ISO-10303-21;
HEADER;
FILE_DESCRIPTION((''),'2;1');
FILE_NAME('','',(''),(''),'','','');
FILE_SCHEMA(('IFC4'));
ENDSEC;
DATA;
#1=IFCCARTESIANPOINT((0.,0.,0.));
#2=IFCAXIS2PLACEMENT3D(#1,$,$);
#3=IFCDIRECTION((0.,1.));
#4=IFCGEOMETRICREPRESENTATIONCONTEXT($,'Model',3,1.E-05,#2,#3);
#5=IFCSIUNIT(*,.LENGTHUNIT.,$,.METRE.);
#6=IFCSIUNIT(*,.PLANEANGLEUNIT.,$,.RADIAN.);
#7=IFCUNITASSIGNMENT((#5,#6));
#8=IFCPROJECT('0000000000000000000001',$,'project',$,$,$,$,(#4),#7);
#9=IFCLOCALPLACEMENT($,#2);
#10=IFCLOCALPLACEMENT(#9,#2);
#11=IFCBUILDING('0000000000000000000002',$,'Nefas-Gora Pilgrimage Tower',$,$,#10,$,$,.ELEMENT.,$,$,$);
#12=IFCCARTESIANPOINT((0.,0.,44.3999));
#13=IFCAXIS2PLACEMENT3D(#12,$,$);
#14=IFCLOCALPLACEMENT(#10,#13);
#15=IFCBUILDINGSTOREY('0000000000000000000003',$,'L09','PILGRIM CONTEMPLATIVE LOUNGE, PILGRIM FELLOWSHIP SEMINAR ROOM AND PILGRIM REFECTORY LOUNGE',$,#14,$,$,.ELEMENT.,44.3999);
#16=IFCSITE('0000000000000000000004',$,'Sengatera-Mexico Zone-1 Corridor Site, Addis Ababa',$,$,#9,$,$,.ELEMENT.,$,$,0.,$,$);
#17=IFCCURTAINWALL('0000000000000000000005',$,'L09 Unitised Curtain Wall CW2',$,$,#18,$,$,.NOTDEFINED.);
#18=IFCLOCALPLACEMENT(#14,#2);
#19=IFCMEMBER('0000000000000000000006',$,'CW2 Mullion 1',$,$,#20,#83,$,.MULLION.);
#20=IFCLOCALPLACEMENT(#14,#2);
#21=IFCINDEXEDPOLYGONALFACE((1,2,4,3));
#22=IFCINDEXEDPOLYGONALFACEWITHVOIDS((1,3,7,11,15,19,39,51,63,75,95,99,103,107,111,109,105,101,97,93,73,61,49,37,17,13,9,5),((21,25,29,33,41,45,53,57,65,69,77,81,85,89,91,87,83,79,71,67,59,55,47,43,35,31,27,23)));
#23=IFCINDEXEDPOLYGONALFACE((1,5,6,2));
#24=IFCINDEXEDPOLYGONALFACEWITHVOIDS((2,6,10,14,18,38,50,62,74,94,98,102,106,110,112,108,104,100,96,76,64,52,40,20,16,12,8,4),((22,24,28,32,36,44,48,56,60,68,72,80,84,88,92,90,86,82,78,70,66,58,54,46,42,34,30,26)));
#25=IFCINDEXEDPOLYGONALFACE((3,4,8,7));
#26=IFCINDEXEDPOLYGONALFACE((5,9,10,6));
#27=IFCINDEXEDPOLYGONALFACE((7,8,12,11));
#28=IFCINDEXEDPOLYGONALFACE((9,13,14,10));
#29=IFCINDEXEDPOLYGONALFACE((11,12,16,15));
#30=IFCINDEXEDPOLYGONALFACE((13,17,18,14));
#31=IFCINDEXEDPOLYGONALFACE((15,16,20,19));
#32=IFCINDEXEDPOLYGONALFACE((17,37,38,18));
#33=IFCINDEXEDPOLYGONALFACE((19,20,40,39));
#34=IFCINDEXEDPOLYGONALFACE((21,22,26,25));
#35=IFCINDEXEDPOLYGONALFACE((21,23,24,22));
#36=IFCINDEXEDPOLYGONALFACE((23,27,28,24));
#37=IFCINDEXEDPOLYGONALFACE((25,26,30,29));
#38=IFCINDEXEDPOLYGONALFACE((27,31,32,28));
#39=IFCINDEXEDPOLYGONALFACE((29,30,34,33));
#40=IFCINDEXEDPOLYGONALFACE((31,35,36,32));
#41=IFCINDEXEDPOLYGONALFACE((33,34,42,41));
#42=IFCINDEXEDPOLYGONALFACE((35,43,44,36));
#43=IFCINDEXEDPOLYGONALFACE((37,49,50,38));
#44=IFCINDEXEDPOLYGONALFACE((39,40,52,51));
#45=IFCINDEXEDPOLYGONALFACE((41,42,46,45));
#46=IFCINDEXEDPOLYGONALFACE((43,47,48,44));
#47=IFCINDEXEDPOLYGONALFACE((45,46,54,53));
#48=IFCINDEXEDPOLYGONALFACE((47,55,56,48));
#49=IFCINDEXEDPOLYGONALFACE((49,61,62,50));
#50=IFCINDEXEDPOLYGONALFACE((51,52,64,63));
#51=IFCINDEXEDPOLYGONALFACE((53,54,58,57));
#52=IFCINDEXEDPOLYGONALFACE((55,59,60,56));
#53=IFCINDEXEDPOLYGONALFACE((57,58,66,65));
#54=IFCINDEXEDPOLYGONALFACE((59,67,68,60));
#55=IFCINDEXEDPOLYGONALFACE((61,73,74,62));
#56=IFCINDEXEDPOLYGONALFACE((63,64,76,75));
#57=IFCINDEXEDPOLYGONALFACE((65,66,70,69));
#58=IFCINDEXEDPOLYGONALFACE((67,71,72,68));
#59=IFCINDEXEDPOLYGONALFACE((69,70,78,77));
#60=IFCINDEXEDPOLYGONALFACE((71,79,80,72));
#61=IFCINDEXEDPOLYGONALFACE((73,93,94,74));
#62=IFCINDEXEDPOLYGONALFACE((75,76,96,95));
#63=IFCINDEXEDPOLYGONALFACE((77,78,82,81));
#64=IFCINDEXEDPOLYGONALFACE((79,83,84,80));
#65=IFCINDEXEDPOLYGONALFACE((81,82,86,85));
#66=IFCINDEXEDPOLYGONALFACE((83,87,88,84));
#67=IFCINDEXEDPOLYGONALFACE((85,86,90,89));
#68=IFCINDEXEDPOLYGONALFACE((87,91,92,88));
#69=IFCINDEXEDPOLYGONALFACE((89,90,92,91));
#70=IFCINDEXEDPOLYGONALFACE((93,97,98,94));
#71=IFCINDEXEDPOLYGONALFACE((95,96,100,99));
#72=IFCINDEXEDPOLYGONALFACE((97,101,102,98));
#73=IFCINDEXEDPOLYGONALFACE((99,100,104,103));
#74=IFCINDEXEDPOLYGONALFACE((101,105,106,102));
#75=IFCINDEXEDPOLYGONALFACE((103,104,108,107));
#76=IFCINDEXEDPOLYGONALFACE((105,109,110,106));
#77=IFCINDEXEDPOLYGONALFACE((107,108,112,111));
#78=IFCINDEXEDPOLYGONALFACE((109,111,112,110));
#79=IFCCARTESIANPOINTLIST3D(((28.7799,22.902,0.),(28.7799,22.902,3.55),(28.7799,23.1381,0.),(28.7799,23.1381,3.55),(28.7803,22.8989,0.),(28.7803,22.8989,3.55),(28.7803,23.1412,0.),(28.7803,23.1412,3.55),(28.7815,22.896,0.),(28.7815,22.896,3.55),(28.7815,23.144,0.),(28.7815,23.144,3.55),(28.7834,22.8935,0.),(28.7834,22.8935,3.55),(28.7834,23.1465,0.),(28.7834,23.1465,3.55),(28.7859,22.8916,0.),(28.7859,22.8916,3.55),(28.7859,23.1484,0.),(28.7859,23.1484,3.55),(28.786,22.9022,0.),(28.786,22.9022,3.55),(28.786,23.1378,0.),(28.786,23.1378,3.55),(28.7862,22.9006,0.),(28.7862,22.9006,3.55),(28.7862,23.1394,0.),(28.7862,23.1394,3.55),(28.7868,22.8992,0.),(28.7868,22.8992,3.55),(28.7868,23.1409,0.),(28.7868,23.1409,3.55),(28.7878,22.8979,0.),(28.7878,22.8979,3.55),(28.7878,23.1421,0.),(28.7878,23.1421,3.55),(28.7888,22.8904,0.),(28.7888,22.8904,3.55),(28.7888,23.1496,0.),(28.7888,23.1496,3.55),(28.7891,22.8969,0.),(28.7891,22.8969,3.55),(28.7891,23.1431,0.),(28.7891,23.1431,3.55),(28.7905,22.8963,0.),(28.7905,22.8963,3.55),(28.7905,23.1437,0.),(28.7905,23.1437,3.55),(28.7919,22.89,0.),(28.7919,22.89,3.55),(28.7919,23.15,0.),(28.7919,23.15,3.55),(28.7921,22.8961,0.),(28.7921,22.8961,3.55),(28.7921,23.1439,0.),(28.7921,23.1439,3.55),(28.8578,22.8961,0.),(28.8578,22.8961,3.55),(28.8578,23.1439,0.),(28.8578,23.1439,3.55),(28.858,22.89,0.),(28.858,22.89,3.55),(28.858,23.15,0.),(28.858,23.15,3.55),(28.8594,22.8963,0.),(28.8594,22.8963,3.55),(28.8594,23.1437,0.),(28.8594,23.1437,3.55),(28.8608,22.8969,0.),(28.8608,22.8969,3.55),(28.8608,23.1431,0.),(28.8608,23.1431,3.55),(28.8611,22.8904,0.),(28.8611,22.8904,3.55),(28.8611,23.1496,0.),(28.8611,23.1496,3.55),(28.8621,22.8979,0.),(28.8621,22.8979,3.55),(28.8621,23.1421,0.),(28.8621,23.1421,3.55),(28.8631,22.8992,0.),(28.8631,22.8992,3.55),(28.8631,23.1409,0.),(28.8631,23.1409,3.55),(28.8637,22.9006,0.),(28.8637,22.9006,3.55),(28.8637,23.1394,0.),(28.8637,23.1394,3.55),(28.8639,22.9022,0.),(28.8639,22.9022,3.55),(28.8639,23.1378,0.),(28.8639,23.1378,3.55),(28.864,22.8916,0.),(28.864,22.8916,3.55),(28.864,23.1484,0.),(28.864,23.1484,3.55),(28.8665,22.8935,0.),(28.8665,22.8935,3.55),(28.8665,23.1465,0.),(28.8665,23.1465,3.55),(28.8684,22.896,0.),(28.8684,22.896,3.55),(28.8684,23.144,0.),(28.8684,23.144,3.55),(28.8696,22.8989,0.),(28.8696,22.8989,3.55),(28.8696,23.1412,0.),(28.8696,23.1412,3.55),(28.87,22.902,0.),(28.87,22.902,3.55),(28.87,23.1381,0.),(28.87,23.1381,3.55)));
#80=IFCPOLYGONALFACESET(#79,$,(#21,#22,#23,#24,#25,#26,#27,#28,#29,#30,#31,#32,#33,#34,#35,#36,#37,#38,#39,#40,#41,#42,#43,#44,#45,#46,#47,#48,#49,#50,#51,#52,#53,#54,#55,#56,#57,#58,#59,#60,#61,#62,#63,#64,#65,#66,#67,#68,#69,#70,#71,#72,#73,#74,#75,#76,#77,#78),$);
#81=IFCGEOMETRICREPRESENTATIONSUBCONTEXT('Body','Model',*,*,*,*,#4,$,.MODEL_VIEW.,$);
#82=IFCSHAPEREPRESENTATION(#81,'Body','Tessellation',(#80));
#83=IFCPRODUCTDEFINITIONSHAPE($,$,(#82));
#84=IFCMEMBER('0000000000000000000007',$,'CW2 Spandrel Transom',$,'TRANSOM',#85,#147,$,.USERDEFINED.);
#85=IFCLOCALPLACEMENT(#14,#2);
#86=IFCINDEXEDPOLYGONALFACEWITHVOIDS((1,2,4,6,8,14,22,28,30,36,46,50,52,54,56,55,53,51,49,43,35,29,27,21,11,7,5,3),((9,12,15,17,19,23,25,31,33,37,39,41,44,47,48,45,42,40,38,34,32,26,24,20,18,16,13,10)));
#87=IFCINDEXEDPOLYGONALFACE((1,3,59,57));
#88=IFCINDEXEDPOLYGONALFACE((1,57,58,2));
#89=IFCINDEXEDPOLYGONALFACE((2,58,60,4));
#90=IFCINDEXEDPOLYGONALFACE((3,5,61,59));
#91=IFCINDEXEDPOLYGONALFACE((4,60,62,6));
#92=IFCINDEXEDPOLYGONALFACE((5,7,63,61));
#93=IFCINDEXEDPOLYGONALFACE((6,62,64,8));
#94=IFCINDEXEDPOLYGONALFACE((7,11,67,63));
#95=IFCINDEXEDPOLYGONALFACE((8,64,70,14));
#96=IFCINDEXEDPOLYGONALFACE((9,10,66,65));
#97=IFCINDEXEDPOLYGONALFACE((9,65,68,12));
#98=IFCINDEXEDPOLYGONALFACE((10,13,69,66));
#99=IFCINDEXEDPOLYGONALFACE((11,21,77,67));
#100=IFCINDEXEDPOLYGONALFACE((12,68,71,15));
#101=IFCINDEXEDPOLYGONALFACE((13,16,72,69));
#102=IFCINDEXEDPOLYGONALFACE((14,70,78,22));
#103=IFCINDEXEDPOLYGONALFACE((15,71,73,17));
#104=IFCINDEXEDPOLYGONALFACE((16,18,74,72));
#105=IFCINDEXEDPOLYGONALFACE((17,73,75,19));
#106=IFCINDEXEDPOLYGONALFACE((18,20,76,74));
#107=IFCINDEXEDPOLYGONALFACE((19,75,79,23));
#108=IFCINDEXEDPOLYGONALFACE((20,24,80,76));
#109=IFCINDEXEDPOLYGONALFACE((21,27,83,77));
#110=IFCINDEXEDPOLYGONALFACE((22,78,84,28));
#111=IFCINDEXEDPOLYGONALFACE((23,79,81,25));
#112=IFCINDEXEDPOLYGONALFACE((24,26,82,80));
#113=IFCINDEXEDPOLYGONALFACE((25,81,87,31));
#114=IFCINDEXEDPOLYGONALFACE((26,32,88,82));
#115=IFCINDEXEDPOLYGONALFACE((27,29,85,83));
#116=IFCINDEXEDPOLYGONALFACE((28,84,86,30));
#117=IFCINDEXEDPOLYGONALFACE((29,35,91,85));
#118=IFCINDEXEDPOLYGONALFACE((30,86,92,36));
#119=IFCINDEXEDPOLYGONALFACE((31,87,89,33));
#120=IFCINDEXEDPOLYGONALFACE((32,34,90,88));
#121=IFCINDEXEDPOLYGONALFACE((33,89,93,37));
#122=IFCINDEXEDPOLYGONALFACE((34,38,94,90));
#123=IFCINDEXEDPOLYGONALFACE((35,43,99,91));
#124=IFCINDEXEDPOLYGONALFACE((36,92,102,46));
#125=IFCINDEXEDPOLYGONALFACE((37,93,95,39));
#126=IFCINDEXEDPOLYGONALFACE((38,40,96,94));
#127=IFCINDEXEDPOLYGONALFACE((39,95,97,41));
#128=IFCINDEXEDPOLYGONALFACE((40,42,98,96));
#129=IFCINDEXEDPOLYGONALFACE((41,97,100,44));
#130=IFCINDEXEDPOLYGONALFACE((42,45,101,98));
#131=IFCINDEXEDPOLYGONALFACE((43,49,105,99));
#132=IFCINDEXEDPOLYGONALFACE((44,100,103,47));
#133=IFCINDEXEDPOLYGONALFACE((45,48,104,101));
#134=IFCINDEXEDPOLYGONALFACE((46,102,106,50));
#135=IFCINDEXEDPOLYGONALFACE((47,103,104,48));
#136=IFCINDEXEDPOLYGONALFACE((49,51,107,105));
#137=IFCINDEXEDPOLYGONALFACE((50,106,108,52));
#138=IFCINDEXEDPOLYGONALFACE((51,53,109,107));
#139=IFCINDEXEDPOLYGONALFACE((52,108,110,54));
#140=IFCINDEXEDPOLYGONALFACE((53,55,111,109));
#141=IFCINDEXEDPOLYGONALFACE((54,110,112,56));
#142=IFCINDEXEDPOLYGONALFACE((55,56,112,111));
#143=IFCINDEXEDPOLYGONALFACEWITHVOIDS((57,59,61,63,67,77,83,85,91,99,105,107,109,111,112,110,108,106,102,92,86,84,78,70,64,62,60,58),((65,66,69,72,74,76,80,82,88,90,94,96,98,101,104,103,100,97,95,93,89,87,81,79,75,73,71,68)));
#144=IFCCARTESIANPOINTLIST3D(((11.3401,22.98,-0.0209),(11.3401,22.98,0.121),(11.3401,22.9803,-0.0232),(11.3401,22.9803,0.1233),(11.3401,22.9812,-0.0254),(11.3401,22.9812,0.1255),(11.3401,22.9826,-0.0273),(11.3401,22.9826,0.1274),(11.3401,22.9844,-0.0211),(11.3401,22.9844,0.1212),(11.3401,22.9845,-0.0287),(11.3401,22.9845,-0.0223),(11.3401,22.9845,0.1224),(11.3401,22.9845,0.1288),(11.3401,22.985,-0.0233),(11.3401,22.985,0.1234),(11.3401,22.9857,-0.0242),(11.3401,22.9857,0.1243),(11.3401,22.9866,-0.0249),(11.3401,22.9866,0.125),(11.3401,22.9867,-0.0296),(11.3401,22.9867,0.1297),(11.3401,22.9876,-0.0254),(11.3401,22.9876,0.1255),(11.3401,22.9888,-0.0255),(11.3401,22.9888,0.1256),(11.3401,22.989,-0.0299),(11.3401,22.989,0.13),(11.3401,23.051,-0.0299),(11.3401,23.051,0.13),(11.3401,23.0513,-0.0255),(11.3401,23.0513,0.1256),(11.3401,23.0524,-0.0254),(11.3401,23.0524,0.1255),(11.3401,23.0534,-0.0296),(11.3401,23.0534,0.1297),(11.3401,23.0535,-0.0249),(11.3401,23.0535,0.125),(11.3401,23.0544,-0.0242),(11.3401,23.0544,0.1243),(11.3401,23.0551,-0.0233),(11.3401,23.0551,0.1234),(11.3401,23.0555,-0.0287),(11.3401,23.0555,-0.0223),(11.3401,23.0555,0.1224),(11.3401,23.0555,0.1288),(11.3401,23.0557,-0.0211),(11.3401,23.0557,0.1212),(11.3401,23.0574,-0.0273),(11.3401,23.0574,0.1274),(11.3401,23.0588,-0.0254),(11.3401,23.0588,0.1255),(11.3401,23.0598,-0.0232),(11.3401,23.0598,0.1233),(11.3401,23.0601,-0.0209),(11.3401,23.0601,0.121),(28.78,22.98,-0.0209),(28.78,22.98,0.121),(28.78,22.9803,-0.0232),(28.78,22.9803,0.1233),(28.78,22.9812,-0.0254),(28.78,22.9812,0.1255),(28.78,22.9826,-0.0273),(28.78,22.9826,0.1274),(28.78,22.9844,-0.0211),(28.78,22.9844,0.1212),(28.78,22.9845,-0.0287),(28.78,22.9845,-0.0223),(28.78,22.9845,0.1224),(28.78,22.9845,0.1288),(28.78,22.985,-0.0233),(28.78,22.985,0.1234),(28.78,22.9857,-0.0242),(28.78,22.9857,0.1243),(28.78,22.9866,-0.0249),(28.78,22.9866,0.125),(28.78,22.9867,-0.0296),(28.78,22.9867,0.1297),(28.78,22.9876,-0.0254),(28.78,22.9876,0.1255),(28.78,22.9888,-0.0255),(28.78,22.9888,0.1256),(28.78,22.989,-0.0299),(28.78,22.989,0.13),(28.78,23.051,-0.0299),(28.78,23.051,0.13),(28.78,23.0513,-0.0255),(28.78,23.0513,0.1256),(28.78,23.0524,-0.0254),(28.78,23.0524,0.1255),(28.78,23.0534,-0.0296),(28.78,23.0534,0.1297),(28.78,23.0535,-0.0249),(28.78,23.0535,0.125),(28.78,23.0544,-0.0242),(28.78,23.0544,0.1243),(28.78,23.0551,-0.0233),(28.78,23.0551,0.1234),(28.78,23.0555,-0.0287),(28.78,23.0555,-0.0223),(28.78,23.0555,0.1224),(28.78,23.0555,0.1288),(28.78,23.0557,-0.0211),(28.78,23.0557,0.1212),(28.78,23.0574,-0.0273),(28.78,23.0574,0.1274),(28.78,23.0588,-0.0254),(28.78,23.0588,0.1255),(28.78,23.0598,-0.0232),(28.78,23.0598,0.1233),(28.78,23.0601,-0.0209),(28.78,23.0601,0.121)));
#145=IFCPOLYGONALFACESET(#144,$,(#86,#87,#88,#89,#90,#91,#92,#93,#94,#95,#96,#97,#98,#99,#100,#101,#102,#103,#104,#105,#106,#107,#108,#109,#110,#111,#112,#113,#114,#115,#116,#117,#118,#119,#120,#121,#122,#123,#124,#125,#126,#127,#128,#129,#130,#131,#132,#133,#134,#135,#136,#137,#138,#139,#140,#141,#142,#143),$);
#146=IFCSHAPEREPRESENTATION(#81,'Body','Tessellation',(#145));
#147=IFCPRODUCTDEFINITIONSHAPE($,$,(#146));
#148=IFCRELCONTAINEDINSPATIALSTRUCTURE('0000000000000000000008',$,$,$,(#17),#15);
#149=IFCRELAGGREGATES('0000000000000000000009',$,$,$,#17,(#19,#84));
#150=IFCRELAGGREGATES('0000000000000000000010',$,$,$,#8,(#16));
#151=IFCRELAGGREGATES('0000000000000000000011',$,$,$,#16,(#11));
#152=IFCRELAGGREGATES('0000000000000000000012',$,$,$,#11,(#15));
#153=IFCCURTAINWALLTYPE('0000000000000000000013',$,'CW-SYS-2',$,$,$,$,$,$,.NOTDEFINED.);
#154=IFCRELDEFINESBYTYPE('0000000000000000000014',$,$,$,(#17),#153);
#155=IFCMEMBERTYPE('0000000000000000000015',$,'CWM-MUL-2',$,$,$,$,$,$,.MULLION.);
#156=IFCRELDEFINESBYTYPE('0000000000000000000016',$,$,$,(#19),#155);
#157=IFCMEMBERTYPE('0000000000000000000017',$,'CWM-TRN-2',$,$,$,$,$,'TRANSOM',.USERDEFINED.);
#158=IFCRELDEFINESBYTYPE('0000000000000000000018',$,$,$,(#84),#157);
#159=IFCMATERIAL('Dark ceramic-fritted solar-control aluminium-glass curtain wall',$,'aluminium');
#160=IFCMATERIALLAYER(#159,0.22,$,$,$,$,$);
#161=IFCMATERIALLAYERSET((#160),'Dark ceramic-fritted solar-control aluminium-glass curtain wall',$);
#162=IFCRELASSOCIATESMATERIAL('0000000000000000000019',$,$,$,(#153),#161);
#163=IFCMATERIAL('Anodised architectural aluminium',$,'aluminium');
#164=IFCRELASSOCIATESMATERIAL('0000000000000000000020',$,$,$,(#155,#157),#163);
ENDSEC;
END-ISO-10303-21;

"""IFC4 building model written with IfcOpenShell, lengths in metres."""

from ifc_helpers import new_model, si_unit, direction, frame, origin, origin_2d, place, context, subcontext, project, spatial, hollow_rectangle, extrude, source, transform, mapped, material, layer, layer_set, material_profile, profile_set, type_object, element, aggregate, save


model = new_model("IFC4")

# Units and contexts
model_context = context("Model", 3, precision=1e-05, world=origin(), true_north=direction((0.0, 1.0)))
body_context = subcontext(model_context, "Body", "Model", "MODEL_VIEW")
ifc_project = project(units=[si_unit("LENGTHUNIT", "METRE"), si_unit("PLANEANGLEUNIT", "RADIAN")], contexts=[model_context])

# Site, building, storey
site_placement = place(None, origin())
site = spatial("IfcSite", under=ifc_project, at=site_placement, Name="Sengatera-Mexico Zone-1 Corridor Site, Addis Ababa", CompositionType="ELEMENT", RefElevation=0.0)
building_placement = place(site_placement, origin())
building = spatial("IfcBuilding", under=site, at=building_placement, Name="Nefas-Gora Pilgrimage Tower", CompositionType="ELEMENT")
storey_placement = place(building_placement, frame((0.0, 0.0, 44.3999)))
storey = spatial("IfcBuildingStorey", under=building, at=storey_placement, Name="L09", Description="PILGRIM CONTEMPLATIVE LOUNGE, PILGRIM FELLOWSHIP SEMINAR ROOM AND PILGRIM REFECTORY LOUNGE", CompositionType="ELEMENT", Elevation=44.3999)

# Curtain wall, members
ifc_material_1 = material(Name="Dark ceramic-fritted solar-control aluminium-glass curtain wall", Category="aluminium")
ifc_layer_1 = layer(ifc_material_1, 0.22)
ifc_layer_set_1 = layer_set([ifc_layer_1], Name="Dark ceramic-fritted solar-control aluminium-glass curtain wall")
curtain_wall_type = type_object("IfcCurtainWallType", Name="CW-SYS-2", PredefinedType="NOTDEFINED", material=ifc_layer_set_1)
ifc_material_2 = material(Name="Anodised architectural aluminium", Category="aluminium")
ifc_material_profile_1 = material_profile(ifc_material_2, hollow_rectangle(XDim=0.0901, YDim=0.26, WallThickness=0.0061, InnerFilletRadius=0.0061, OuterFilletRadius=0.012, at=origin_2d()), Name="ALU MULLION 90x260")
ifc_profile_set_1 = profile_set([ifc_material_profile_1], Name="Anodised architectural aluminium")
member_type_1 = type_object("IfcMemberType", Name="CWM-MUL-2", PredefinedType="MULLION", material=ifc_profile_set_1)
shared_shape_1 = source(origin(), body_context, "Body", "SweptSolid", [
    extrude(hollow_rectangle(XDim=0.0901, YDim=0.26, WallThickness=0.0061, InnerFilletRadius=0.0061, OuterFilletRadius=0.012, at=origin_2d()), origin(), (0.0, 0.0, 1.0), 3.55),
])
curtain_wall_1_placement = place(storey_placement, origin())
curtain_wall_1 = element("IfcCurtainWall", 1, at=curtain_wall_1_placement, inside=storey, type_object=curtain_wall_type, Name="L09 Unitised Curtain Wall CW2", PredefinedType="NOTDEFINED")
member_1_placement = place(storey_placement, frame((28.825, 23.02, 0.0), z_axis=(0.0, 0.0, 1.0), x_axis=(-1.0, 0.0, 0.0)))
member_1 = element("IfcMember", 2, at=member_1_placement, type_object=member_type_1, Name="CW2 Mullion 1", PredefinedType="MULLION", context=body_context, shape_type="MappedRepresentation", body=[
    mapped(shared_shape_1, transform((0.0, 0.0, 0.0), x_axis=(1.0, 0.0, 0.0), y_axis=(0.0, 1.0, 0.0), z_axis=(0.0, 0.0, 1.0), scale=1.0)),
])
ifc_material_profile_2 = material_profile(ifc_material_2, hollow_rectangle(XDim=0.0801, YDim=0.1599, WallThickness=0.0044, InnerFilletRadius=0.0044, OuterFilletRadius=0.009, at=origin_2d()), Name="ALU TRANSOM 80x160")
ifc_profile_set_2 = profile_set([ifc_material_profile_2], Name="Anodised architectural aluminium")
member_type_2 = type_object("IfcMemberType", Name="CWM-TRN-2", ElementType="TRANSOM", PredefinedType="USERDEFINED", material=ifc_profile_set_2)
shared_shape_2 = source(origin(), body_context, "Body", "SweptSolid", [
    extrude(hollow_rectangle(XDim=0.0801, YDim=0.1599, WallThickness=0.0044, InnerFilletRadius=0.0044, OuterFilletRadius=0.009, at=origin_2d()), origin(), (0.0, 0.0, 1.0), 17.4399),
])
member_2_placement = place(storey_placement, frame((28.78, 23.02, 0.05), z_axis=(-1.0, 0.0, 0.0), x_axis=(0.0, -1.0, 0.0)))
member_2 = element("IfcMember", 3, at=member_2_placement, type_object=member_type_2, Name="CW2 Spandrel Transom", ObjectType="TRANSOM", PredefinedType="USERDEFINED", context=body_context, shape_type="MappedRepresentation", body=[
    mapped(shared_shape_2, transform((0.0, 0.0, 0.0), x_axis=(1.0, 0.0, 0.0), y_axis=(0.0, 1.0, 0.0), z_axis=(0.0, 0.0, 1.0), scale=1.0)),
])

aggregate(curtain_wall_1, [member_1, member_2])

save(model, "model.ifc")
